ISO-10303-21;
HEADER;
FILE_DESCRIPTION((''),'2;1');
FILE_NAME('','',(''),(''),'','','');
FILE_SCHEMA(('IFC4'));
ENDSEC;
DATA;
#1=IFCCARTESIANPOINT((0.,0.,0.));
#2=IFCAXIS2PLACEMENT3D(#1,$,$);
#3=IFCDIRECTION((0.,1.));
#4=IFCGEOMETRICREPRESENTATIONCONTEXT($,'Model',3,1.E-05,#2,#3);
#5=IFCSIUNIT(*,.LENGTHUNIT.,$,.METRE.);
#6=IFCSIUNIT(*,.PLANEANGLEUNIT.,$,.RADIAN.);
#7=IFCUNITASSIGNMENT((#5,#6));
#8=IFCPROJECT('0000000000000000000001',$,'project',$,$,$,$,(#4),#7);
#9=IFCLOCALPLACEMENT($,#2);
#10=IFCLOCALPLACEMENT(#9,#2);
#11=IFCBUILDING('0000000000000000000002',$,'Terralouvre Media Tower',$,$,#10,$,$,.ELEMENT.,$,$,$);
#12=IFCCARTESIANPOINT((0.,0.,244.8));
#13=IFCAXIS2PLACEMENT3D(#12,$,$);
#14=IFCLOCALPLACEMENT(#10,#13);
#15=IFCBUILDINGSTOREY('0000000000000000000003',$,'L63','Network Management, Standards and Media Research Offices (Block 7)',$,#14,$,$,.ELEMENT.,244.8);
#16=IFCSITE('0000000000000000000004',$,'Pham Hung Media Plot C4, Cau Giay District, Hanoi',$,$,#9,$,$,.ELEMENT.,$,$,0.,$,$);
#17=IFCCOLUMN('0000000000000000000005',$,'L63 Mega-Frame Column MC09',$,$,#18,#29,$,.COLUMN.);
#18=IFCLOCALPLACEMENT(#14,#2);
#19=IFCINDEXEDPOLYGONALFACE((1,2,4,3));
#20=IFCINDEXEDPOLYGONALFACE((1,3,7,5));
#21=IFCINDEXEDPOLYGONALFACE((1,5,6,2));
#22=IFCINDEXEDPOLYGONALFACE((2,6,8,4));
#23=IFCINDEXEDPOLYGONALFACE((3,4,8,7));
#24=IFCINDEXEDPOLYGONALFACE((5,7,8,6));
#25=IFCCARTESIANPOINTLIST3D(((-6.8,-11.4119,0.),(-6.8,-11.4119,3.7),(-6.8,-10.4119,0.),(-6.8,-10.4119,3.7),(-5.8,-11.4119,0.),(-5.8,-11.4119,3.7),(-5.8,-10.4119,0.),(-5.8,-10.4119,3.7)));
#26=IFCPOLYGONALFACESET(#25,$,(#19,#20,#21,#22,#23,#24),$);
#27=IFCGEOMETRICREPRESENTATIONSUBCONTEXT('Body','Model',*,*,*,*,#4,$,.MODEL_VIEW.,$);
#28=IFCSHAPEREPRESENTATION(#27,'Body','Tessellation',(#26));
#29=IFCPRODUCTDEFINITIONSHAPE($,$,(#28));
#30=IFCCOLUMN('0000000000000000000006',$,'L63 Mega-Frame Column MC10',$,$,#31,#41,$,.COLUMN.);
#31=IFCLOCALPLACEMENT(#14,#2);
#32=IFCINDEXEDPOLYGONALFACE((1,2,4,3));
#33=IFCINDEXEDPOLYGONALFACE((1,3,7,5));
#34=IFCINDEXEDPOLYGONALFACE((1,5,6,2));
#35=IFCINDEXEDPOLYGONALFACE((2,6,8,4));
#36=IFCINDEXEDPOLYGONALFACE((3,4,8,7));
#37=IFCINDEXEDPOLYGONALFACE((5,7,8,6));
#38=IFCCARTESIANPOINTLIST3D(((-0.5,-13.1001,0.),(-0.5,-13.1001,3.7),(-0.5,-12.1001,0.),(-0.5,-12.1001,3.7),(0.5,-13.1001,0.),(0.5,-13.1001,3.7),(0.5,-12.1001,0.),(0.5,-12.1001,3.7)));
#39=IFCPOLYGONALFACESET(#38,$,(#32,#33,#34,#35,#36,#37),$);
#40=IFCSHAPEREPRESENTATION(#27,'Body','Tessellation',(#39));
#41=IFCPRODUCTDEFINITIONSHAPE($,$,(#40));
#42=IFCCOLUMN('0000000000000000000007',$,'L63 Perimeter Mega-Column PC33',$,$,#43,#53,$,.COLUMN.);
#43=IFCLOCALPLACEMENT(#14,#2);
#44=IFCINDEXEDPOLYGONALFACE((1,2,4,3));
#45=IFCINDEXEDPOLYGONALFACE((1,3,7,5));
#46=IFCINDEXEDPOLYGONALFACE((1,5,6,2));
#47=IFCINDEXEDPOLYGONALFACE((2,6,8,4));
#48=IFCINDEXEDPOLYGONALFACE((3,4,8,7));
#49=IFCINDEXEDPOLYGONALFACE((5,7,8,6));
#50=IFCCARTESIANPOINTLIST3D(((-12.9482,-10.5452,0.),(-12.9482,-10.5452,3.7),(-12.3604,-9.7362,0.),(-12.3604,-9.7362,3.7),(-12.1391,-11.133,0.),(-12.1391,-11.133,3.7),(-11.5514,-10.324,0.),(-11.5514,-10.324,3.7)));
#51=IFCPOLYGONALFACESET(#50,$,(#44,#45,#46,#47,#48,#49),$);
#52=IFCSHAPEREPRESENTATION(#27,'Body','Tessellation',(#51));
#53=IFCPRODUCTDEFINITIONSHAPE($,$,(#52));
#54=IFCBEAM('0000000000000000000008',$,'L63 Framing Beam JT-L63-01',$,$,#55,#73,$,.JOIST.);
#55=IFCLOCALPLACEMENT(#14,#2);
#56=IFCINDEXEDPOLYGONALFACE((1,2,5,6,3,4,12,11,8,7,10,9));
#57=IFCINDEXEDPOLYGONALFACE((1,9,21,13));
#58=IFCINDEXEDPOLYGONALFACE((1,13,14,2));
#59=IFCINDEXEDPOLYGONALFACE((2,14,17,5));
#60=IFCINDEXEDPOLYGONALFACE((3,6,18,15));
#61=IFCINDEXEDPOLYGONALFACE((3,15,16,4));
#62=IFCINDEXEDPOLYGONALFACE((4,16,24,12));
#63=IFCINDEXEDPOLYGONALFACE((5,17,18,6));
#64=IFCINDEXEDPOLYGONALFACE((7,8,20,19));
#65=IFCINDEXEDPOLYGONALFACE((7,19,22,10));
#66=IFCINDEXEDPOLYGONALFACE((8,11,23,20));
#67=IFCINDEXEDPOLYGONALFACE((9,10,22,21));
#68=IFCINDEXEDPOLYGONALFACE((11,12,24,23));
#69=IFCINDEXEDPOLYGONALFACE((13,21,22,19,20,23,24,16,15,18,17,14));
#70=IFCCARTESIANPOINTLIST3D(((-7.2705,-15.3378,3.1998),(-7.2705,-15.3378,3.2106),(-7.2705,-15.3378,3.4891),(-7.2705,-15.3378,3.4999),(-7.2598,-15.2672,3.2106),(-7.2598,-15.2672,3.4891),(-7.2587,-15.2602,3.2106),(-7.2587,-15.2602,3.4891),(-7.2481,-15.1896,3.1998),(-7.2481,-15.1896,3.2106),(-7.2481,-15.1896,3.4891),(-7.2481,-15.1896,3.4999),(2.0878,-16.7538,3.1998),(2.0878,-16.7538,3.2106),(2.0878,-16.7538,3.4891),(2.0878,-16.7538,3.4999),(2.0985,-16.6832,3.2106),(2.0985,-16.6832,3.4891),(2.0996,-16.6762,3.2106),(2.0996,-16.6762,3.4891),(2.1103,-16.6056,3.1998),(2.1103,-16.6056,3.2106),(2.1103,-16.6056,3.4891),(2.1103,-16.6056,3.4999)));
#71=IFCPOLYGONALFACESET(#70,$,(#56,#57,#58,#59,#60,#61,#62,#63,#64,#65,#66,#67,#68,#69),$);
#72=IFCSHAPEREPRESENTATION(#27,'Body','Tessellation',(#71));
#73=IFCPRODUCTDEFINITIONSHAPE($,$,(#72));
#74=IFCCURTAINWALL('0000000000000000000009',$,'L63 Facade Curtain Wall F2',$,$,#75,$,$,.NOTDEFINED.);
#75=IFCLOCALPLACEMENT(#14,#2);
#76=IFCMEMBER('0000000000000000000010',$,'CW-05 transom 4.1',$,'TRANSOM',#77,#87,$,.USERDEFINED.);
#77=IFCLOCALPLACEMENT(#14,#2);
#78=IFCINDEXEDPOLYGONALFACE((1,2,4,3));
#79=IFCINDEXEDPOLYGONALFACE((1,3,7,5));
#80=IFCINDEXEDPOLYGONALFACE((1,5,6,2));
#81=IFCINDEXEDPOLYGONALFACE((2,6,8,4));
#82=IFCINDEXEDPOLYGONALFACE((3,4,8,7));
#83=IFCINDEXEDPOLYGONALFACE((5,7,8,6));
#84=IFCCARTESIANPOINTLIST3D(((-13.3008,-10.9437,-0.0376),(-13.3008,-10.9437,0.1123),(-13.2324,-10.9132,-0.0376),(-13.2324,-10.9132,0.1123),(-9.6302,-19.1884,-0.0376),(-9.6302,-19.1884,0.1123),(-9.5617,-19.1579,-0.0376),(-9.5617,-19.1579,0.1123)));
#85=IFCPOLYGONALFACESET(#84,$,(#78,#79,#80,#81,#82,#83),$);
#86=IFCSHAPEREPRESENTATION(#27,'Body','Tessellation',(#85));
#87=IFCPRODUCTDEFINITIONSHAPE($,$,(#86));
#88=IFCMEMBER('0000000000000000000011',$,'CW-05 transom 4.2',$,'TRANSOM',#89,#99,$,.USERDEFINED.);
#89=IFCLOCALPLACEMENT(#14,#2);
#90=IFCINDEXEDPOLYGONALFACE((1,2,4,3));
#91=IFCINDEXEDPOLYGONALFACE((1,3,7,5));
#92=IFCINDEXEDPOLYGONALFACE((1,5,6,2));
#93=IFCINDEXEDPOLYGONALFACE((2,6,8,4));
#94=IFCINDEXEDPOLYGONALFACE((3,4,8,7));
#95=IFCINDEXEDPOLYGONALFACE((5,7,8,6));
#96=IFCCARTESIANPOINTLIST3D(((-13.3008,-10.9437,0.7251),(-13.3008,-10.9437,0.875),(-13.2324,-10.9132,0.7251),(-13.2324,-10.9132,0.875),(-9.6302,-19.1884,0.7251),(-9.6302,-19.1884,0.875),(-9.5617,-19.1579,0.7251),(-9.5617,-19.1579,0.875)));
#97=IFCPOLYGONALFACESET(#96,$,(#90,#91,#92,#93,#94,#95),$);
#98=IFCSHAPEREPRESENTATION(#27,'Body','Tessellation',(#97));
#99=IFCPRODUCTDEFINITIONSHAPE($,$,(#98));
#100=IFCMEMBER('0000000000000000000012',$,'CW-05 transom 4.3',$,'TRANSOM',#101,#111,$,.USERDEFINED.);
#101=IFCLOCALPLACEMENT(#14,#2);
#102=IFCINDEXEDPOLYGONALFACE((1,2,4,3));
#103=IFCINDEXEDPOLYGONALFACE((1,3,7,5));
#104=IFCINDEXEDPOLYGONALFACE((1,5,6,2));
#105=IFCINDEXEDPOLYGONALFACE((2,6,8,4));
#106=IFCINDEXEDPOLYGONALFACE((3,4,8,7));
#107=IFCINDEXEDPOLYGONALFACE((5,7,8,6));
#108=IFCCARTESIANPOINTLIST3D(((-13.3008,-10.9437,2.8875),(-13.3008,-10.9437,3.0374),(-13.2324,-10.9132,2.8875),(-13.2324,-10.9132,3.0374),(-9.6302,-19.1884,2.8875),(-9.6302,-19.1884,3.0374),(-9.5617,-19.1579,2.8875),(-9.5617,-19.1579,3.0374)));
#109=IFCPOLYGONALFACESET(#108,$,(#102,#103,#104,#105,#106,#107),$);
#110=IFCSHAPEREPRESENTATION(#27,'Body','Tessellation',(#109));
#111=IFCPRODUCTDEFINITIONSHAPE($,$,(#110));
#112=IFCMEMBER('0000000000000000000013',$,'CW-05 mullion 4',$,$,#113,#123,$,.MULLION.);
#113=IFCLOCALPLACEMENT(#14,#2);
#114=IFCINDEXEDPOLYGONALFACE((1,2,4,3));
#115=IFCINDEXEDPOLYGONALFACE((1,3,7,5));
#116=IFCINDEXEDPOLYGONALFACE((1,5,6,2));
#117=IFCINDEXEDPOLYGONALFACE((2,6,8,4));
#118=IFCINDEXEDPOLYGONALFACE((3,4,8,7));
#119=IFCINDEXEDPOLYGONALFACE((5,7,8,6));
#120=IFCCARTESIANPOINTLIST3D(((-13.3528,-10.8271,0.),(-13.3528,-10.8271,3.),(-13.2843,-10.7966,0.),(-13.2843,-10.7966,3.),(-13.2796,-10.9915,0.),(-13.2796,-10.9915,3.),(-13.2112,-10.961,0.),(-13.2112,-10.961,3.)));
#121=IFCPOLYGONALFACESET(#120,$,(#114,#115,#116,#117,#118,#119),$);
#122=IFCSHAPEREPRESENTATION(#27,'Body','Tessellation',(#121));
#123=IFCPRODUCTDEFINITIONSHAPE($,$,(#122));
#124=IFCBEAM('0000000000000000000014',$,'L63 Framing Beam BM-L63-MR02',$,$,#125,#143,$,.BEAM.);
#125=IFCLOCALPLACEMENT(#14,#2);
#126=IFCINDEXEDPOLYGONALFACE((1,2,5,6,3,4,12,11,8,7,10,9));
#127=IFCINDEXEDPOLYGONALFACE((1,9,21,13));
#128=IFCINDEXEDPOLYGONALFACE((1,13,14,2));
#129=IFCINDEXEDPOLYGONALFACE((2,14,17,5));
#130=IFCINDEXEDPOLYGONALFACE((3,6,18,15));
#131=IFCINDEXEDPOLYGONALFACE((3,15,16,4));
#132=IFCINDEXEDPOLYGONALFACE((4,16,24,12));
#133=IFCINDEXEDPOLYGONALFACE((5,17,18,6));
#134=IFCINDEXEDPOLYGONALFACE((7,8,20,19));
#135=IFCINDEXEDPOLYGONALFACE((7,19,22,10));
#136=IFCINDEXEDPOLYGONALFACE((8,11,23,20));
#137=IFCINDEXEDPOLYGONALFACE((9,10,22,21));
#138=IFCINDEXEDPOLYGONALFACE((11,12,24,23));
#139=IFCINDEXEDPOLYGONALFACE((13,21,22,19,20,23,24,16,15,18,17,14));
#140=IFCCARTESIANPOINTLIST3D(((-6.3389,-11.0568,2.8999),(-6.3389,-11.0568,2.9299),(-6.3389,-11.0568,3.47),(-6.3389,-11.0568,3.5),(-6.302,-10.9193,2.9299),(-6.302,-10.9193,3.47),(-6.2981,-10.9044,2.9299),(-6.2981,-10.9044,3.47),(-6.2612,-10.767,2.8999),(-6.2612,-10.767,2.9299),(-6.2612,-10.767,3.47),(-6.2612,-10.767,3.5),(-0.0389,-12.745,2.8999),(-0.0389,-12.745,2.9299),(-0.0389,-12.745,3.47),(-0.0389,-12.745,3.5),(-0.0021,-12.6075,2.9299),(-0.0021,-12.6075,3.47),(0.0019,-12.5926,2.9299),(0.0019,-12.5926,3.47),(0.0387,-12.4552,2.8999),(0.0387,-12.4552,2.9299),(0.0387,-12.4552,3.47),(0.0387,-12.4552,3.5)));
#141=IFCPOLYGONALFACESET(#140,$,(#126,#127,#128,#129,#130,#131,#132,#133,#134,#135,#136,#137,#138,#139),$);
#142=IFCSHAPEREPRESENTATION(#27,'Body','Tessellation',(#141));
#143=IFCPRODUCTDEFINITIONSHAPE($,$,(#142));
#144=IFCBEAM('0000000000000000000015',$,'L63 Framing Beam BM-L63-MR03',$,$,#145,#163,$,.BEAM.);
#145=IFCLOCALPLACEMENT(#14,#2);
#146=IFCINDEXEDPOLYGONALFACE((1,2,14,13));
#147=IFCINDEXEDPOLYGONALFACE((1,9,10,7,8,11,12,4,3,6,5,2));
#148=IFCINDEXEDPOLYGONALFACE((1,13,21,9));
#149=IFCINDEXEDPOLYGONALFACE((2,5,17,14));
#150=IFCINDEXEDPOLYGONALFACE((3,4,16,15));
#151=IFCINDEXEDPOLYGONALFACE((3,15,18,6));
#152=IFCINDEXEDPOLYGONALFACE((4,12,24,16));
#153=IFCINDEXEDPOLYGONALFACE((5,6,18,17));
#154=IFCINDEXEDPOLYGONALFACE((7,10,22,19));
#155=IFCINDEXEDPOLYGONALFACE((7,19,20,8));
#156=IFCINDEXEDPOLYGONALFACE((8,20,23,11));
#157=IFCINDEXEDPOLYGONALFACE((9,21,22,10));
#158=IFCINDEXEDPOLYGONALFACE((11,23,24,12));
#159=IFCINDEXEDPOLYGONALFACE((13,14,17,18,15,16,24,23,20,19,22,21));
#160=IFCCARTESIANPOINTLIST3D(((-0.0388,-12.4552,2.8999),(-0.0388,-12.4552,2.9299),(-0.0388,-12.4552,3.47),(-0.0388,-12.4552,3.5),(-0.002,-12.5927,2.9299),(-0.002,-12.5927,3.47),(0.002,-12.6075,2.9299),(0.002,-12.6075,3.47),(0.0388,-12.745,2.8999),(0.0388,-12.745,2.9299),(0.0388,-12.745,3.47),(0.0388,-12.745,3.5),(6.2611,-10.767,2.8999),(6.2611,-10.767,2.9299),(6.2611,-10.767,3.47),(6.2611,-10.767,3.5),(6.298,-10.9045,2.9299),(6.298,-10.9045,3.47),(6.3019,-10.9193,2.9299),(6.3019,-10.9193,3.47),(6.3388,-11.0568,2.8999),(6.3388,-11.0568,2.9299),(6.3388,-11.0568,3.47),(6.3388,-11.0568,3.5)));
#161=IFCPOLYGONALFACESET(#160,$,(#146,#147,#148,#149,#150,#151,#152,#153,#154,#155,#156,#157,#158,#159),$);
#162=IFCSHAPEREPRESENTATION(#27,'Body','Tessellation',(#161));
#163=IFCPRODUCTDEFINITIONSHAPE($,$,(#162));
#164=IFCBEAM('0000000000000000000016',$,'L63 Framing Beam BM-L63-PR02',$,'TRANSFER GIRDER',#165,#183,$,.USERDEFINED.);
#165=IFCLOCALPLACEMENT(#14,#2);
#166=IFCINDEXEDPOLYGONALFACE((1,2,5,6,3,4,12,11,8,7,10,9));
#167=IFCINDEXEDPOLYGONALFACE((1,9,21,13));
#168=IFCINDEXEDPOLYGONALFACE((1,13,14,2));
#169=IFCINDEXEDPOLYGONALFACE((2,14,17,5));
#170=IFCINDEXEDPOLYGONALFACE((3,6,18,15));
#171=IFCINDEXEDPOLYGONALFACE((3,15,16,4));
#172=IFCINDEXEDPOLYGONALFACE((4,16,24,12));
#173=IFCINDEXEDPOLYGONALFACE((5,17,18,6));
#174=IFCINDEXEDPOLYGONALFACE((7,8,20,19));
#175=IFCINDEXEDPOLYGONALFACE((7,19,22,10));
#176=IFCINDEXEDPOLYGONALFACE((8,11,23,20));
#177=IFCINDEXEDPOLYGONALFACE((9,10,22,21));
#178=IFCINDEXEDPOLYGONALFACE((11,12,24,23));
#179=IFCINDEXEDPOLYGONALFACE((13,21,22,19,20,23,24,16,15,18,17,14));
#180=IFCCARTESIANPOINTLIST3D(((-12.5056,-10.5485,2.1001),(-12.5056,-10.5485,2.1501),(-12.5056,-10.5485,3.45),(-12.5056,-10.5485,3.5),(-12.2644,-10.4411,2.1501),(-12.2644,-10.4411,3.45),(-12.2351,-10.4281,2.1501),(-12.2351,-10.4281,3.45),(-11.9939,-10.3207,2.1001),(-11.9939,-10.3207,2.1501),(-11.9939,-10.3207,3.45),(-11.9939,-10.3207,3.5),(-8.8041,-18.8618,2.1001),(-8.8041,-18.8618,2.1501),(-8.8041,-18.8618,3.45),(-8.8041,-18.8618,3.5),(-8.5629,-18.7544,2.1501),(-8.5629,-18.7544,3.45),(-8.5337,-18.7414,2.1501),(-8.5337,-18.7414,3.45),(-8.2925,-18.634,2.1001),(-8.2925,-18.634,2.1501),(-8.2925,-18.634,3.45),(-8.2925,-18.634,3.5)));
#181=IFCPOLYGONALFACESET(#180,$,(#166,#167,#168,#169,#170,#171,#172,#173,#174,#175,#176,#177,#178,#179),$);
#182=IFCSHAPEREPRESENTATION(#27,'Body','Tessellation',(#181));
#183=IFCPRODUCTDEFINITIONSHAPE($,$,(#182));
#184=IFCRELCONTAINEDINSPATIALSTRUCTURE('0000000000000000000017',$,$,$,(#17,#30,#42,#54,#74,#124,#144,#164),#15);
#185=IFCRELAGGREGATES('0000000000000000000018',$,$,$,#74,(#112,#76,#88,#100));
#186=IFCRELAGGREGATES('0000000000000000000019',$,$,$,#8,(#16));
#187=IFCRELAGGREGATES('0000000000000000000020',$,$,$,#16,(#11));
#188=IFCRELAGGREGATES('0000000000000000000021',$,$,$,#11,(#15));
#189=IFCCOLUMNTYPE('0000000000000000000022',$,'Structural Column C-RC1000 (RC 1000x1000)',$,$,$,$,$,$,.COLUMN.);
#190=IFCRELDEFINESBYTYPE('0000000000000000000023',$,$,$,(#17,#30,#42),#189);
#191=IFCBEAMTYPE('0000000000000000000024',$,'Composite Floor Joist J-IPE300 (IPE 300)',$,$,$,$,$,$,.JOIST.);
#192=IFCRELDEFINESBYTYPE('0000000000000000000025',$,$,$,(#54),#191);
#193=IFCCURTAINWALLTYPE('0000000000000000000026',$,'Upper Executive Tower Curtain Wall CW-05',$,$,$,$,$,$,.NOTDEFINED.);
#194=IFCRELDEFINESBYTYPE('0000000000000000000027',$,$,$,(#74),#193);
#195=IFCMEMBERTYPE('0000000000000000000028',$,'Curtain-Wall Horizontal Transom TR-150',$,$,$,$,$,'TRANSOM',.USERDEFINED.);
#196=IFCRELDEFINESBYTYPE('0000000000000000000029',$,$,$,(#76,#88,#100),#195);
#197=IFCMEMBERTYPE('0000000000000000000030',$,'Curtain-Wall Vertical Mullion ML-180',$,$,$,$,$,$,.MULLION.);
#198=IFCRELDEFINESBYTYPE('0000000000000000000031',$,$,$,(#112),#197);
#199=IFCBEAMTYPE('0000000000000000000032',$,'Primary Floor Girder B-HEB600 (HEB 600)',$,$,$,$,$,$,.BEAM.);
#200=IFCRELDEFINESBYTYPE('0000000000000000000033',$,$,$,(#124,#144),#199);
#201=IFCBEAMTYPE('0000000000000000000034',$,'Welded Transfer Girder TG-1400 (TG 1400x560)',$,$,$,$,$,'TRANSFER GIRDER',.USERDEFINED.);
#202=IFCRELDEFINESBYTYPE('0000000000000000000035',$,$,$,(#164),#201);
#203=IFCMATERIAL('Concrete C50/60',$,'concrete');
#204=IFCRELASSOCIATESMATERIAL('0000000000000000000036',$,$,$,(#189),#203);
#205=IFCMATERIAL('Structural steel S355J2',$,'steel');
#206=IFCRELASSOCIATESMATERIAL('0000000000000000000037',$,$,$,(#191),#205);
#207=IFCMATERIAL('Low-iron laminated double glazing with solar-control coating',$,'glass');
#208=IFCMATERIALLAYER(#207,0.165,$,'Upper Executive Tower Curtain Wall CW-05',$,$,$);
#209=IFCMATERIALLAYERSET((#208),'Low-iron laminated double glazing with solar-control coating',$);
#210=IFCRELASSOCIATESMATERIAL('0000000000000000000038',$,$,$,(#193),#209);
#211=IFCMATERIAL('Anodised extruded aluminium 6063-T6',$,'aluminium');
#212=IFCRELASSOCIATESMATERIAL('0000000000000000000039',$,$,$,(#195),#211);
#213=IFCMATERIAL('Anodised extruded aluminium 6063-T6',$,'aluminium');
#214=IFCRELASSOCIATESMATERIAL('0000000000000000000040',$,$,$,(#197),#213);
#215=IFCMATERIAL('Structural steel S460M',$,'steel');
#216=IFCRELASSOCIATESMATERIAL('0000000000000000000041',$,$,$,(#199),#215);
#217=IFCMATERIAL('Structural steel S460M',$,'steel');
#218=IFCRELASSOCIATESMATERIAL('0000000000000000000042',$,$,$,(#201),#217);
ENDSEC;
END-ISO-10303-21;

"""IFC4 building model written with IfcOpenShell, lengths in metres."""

from ifc_helpers import new_model, si_unit, direction, frame, origin, origin_2d, place, context, subcontext, project, spatial, rectangle, i_section, extrude, material, layer, layer_set, material_profile, profile_set, type_object, element, aggregate, save


model = new_model("IFC4")

# Units and contexts
model_context = context("Model", 3, precision=1e-05, world=origin(), true_north=direction((0.0, 1.0)))
body_context = subcontext(model_context, "Body", "Model", "MODEL_VIEW")
ifc_project = project(units=[si_unit("LENGTHUNIT", "METRE"), si_unit("PLANEANGLEUNIT", "RADIAN")], contexts=[model_context])

# Site, building, storey
site_placement = place(None, origin())
site = spatial("IfcSite", under=ifc_project, at=site_placement, Name="Pham Hung Media Plot C4, Cau Giay District, Hanoi", CompositionType="ELEMENT", RefElevation=0.0)
building_placement = place(site_placement, origin())
building = spatial("IfcBuilding", under=site, at=building_placement, Name="Terralouvre Media Tower", CompositionType="ELEMENT")
storey_placement = place(building_placement, frame((0.0, 0.0, 244.8)))
storey = spatial("IfcBuildingStorey", under=building, at=storey_placement, Name="L63", Description="Network Management, Standards and Media Research Offices (Block 7)", CompositionType="ELEMENT", Elevation=244.8)

# Columns
ifc_material_1 = material(Name="Concrete C50/60", Category="concrete")
ifc_material_profile_1 = material_profile(ifc_material_1, rectangle(XDim=1.0, YDim=1.0, at=origin_2d()), Name="RC 1000x1000")
ifc_profile_set_1 = profile_set([ifc_material_profile_1], Name="Concrete C50/60")
column_type = type_object("IfcColumnType", Name="Structural Column C-RC1000 (RC 1000x1000)", PredefinedType="COLUMN", material=ifc_profile_set_1)
for number, where, z_axis, x_axis, name in (
    (1, (-6.3, -10.9119, 0.0), (0.0, 0.0, 1.0), (1.0, 0.0, 0.0), "L63 Mega-Frame Column MC09"),
    (2, (0.0, -12.6001, 0.0), (0.0, 0.0, 1.0), (1.0, 0.0, 0.0), "L63 Mega-Frame Column MC10"),
    (3, (-12.2498, -10.4346, 0.0), (0.0, 0.0, 1.0), (0.587785, 0.809017, 0.0), "L63 Perimeter Mega-Column PC33"),
):
    element("IfcColumn", number, at=place(storey_placement, frame(where, z_axis=z_axis, x_axis=x_axis)), inside=storey, type_object=column_type, Name=name, PredefinedType="COLUMN", context=body_context, shape_type="SweptSolid", body=[
        extrude(rectangle(XDim=1.0, YDim=1.0, at=origin_2d()), origin(), (0.0, 0.0, 1.0), 3.7),
    ])

# Beam
ifc_material_2 = material(Name="Structural steel S355J2", Category="steel")
ifc_material_profile_2 = material_profile(ifc_material_2, i_section(OverallWidth=0.1499, OverallDepth=0.3, WebThickness=0.0071, FlangeThickness=0.0107, at=origin_2d()), Name="IPE 300")
ifc_profile_set_2 = profile_set([ifc_material_profile_2], Name="Structural steel S355J2")
beam_type_1 = type_object("IfcBeamType", Name="Composite Floor Joist J-IPE300 (IPE 300)", PredefinedType="JOIST", material=ifc_profile_set_2)
beam_1_placement = place(storey_placement, frame((-7.2593, -15.2637, 3.3499), z_axis=(0.988746, -0.149607, 0.0), x_axis=(0.149607, 0.988746, 0.0)))
element("IfcBeam", 4, at=beam_1_placement, inside=storey, type_object=beam_type_1, Name="L63 Framing Beam JT-L63-01", PredefinedType="JOIST", context=body_context, shape_type="SweptSolid", body=[
    extrude(i_section(OverallWidth=0.1499, OverallDepth=0.3, WebThickness=0.0071, FlangeThickness=0.0107, at=origin_2d()), origin(), (0.0, 0.0, 1.0), 9.4648),
])

# Curtain wall, members
ifc_material_3 = material(Name="Low-iron laminated double glazing with solar-control coating", Category="glass")
ifc_layer_1 = layer(ifc_material_3, 0.165, Name="Upper Executive Tower Curtain Wall CW-05")
ifc_layer_set_1 = layer_set([ifc_layer_1], Name="Low-iron laminated double glazing with solar-control coating")
curtain_wall_type = type_object("IfcCurtainWallType", Name="Upper Executive Tower Curtain Wall CW-05", PredefinedType="NOTDEFINED", material=ifc_layer_set_1)
curtain_wall_placement = place(storey_placement, origin())
curtain_wall = element("IfcCurtainWall", 5, at=curtain_wall_placement, inside=storey, type_object=curtain_wall_type, Name="L63 Facade Curtain Wall F2", PredefinedType="NOTDEFINED")
ifc_material_4 = material(Name="Anodised extruded aluminium 6063-T6", Category="aluminium")
ifc_material_profile_3 = material_profile(ifc_material_4, rectangle(XDim=0.075, YDim=0.1499, at=origin_2d()), Name="ALU 75x150")
ifc_profile_set_3 = profile_set([ifc_material_profile_3], Name="Anodised extruded aluminium 6063-T6")
member_type_1 = type_object("IfcMemberType", Name="Curtain-Wall Horizontal Transom TR-150", ElementType="TRANSOM", PredefinedType="USERDEFINED", material=ifc_profile_set_3)
member_1_placement = place(storey_placement, frame((-13.2666, -10.9285, 0.0374), z_axis=(0.406728, -0.913549, 0.0), x_axis=(0.913549, 0.406728, 0.0)))
member_1 = element("IfcMember", 6, at=member_1_placement, type_object=member_type_1, Name="CW-05 transom 4.1", ObjectType="TRANSOM", PredefinedType="USERDEFINED", context=body_context, shape_type="SweptSolid", body=[
    extrude(rectangle(XDim=0.075, YDim=0.1499, at=origin_2d()), origin(), (0.0, 0.0, 1.0), 9.0249),
])
member_2_placement = place(storey_placement, frame((-13.2666, -10.9285, 0.8), z_axis=(0.406728, -0.913549, 0.0), x_axis=(0.913549, 0.406728, 0.0)))
member_2 = element("IfcMember", 7, at=member_2_placement, type_object=member_type_1, Name="CW-05 transom 4.2", ObjectType="TRANSOM", PredefinedType="USERDEFINED", context=body_context, shape_type="SweptSolid", body=[
    extrude(rectangle(XDim=0.075, YDim=0.1499, at=origin_2d()), origin(), (0.0, 0.0, 1.0), 9.0249),
])
member_3_placement = place(storey_placement, frame((-13.2666, -10.9285, 2.9624), z_axis=(0.406728, -0.913549, 0.0), x_axis=(0.913549, 0.406728, 0.0)))
member_3 = element("IfcMember", 8, at=member_3_placement, type_object=member_type_1, Name="CW-05 transom 4.3", ObjectType="TRANSOM", PredefinedType="USERDEFINED", context=body_context, shape_type="SweptSolid", body=[
    extrude(rectangle(XDim=0.075, YDim=0.1499, at=origin_2d()), origin(), (0.0, 0.0, 1.0), 9.0249),
])
ifc_material_5 = material(Name="Anodised extruded aluminium 6063-T6", Category="aluminium")
ifc_material_profile_4 = material_profile(ifc_material_5, rectangle(XDim=0.075, YDim=0.1799, at=origin_2d()), Name="ALU 75x180")
ifc_profile_set_4 = profile_set([ifc_material_profile_4], Name="Anodised extruded aluminium 6063-T6")
member_type_2 = type_object("IfcMemberType", Name="Curtain-Wall Vertical Mullion ML-180", PredefinedType="MULLION", material=ifc_profile_set_4)
member_4_placement = place(storey_placement, frame((-13.282, -10.894, 0.0), z_axis=(0.0, 0.0, 1.0), x_axis=(0.913545, 0.406737, 0.0)))
member_4 = element("IfcMember", 9, at=member_4_placement, type_object=member_type_2, Name="CW-05 mullion 4", PredefinedType="MULLION", context=body_context, shape_type="SweptSolid", body=[
    extrude(rectangle(XDim=0.075, YDim=0.1799, at=origin_2d()), origin(), (0.0, 0.0, 1.0), 3.0),
])

# Beams
ifc_material_6 = material(Name="Structural steel S460M", Category="steel")
ifc_material_profile_5 = material_profile(ifc_material_6, i_section(OverallWidth=0.3, OverallDepth=0.6001, WebThickness=0.0154, FlangeThickness=0.03, at=origin_2d()), Name="HEB 600")
ifc_profile_set_5 = profile_set([ifc_material_profile_5], Name="Structural steel S460M")
beam_type_2 = type_object("IfcBeamType", Name="Primary Floor Girder B-HEB600 (HEB 600)", PredefinedType="BEAM", material=ifc_profile_set_5)
for number, where, z_axis, x_axis, name in (
    (10, (-6.3, -10.9119, 3.2), (0.96592, -0.258839, 0.0), (0.258839, 0.96592, 0.0), "L63 Framing Beam BM-L63-MR02"),
    (11, (0.0, -12.6001, 3.2), (0.96592, 0.258839, 0.0), (-0.258839, 0.96592, 0.0), "L63 Framing Beam BM-L63-MR03"),
):
    element("IfcBeam", number, at=place(storey_placement, frame(where, z_axis=z_axis, x_axis=x_axis)), inside=storey, type_object=beam_type_2, Name=name, PredefinedType="BEAM", context=body_context, shape_type="SweptSolid", body=[
        extrude(i_section(OverallWidth=0.3, OverallDepth=0.6001, WebThickness=0.0154, FlangeThickness=0.03, at=origin_2d()), origin(), (0.0, 0.0, 1.0), 6.5222),
    ])
ifc_material_7 = material(Name="Structural steel S460M", Category="steel")
ifc_material_profile_6 = material_profile(ifc_material_7, i_section(OverallWidth=0.5601, OverallDepth=1.3999, WebThickness=0.032, FlangeThickness=0.05, at=origin_2d()), Name="TG 1400x560")
ifc_profile_set_6 = profile_set([ifc_material_profile_6], Name="Structural steel S460M")
beam_type_3 = type_object("IfcBeamType", Name="Welded Transfer Girder TG-1400 (TG 1400x560)", ElementType="TRANSFER GIRDER", PredefinedType="USERDEFINED", material=ifc_profile_set_6)
beam_2_placement = place(storey_placement, frame((-12.2498, -10.4346, 2.8), z_axis=(0.406748, -0.91354, 0.0), x_axis=(0.91354, 0.406748, 0.0)))
element("IfcBeam", 12, at=beam_2_placement, inside=storey, type_object=beam_type_3, Name="L63 Framing Beam BM-L63-PR02", ObjectType="TRANSFER GIRDER", PredefinedType="USERDEFINED", context=body_context, shape_type="SweptSolid", body=[
    extrude(i_section(OverallWidth=0.5601, OverallDepth=1.3999, WebThickness=0.032, FlangeThickness=0.05, at=origin_2d()), origin(), (0.0, 0.0, 1.0), 9.1001),
])

aggregate(curtain_wall, [member_4, member_1, member_2, member_3])

save(model, "model.ifc")
